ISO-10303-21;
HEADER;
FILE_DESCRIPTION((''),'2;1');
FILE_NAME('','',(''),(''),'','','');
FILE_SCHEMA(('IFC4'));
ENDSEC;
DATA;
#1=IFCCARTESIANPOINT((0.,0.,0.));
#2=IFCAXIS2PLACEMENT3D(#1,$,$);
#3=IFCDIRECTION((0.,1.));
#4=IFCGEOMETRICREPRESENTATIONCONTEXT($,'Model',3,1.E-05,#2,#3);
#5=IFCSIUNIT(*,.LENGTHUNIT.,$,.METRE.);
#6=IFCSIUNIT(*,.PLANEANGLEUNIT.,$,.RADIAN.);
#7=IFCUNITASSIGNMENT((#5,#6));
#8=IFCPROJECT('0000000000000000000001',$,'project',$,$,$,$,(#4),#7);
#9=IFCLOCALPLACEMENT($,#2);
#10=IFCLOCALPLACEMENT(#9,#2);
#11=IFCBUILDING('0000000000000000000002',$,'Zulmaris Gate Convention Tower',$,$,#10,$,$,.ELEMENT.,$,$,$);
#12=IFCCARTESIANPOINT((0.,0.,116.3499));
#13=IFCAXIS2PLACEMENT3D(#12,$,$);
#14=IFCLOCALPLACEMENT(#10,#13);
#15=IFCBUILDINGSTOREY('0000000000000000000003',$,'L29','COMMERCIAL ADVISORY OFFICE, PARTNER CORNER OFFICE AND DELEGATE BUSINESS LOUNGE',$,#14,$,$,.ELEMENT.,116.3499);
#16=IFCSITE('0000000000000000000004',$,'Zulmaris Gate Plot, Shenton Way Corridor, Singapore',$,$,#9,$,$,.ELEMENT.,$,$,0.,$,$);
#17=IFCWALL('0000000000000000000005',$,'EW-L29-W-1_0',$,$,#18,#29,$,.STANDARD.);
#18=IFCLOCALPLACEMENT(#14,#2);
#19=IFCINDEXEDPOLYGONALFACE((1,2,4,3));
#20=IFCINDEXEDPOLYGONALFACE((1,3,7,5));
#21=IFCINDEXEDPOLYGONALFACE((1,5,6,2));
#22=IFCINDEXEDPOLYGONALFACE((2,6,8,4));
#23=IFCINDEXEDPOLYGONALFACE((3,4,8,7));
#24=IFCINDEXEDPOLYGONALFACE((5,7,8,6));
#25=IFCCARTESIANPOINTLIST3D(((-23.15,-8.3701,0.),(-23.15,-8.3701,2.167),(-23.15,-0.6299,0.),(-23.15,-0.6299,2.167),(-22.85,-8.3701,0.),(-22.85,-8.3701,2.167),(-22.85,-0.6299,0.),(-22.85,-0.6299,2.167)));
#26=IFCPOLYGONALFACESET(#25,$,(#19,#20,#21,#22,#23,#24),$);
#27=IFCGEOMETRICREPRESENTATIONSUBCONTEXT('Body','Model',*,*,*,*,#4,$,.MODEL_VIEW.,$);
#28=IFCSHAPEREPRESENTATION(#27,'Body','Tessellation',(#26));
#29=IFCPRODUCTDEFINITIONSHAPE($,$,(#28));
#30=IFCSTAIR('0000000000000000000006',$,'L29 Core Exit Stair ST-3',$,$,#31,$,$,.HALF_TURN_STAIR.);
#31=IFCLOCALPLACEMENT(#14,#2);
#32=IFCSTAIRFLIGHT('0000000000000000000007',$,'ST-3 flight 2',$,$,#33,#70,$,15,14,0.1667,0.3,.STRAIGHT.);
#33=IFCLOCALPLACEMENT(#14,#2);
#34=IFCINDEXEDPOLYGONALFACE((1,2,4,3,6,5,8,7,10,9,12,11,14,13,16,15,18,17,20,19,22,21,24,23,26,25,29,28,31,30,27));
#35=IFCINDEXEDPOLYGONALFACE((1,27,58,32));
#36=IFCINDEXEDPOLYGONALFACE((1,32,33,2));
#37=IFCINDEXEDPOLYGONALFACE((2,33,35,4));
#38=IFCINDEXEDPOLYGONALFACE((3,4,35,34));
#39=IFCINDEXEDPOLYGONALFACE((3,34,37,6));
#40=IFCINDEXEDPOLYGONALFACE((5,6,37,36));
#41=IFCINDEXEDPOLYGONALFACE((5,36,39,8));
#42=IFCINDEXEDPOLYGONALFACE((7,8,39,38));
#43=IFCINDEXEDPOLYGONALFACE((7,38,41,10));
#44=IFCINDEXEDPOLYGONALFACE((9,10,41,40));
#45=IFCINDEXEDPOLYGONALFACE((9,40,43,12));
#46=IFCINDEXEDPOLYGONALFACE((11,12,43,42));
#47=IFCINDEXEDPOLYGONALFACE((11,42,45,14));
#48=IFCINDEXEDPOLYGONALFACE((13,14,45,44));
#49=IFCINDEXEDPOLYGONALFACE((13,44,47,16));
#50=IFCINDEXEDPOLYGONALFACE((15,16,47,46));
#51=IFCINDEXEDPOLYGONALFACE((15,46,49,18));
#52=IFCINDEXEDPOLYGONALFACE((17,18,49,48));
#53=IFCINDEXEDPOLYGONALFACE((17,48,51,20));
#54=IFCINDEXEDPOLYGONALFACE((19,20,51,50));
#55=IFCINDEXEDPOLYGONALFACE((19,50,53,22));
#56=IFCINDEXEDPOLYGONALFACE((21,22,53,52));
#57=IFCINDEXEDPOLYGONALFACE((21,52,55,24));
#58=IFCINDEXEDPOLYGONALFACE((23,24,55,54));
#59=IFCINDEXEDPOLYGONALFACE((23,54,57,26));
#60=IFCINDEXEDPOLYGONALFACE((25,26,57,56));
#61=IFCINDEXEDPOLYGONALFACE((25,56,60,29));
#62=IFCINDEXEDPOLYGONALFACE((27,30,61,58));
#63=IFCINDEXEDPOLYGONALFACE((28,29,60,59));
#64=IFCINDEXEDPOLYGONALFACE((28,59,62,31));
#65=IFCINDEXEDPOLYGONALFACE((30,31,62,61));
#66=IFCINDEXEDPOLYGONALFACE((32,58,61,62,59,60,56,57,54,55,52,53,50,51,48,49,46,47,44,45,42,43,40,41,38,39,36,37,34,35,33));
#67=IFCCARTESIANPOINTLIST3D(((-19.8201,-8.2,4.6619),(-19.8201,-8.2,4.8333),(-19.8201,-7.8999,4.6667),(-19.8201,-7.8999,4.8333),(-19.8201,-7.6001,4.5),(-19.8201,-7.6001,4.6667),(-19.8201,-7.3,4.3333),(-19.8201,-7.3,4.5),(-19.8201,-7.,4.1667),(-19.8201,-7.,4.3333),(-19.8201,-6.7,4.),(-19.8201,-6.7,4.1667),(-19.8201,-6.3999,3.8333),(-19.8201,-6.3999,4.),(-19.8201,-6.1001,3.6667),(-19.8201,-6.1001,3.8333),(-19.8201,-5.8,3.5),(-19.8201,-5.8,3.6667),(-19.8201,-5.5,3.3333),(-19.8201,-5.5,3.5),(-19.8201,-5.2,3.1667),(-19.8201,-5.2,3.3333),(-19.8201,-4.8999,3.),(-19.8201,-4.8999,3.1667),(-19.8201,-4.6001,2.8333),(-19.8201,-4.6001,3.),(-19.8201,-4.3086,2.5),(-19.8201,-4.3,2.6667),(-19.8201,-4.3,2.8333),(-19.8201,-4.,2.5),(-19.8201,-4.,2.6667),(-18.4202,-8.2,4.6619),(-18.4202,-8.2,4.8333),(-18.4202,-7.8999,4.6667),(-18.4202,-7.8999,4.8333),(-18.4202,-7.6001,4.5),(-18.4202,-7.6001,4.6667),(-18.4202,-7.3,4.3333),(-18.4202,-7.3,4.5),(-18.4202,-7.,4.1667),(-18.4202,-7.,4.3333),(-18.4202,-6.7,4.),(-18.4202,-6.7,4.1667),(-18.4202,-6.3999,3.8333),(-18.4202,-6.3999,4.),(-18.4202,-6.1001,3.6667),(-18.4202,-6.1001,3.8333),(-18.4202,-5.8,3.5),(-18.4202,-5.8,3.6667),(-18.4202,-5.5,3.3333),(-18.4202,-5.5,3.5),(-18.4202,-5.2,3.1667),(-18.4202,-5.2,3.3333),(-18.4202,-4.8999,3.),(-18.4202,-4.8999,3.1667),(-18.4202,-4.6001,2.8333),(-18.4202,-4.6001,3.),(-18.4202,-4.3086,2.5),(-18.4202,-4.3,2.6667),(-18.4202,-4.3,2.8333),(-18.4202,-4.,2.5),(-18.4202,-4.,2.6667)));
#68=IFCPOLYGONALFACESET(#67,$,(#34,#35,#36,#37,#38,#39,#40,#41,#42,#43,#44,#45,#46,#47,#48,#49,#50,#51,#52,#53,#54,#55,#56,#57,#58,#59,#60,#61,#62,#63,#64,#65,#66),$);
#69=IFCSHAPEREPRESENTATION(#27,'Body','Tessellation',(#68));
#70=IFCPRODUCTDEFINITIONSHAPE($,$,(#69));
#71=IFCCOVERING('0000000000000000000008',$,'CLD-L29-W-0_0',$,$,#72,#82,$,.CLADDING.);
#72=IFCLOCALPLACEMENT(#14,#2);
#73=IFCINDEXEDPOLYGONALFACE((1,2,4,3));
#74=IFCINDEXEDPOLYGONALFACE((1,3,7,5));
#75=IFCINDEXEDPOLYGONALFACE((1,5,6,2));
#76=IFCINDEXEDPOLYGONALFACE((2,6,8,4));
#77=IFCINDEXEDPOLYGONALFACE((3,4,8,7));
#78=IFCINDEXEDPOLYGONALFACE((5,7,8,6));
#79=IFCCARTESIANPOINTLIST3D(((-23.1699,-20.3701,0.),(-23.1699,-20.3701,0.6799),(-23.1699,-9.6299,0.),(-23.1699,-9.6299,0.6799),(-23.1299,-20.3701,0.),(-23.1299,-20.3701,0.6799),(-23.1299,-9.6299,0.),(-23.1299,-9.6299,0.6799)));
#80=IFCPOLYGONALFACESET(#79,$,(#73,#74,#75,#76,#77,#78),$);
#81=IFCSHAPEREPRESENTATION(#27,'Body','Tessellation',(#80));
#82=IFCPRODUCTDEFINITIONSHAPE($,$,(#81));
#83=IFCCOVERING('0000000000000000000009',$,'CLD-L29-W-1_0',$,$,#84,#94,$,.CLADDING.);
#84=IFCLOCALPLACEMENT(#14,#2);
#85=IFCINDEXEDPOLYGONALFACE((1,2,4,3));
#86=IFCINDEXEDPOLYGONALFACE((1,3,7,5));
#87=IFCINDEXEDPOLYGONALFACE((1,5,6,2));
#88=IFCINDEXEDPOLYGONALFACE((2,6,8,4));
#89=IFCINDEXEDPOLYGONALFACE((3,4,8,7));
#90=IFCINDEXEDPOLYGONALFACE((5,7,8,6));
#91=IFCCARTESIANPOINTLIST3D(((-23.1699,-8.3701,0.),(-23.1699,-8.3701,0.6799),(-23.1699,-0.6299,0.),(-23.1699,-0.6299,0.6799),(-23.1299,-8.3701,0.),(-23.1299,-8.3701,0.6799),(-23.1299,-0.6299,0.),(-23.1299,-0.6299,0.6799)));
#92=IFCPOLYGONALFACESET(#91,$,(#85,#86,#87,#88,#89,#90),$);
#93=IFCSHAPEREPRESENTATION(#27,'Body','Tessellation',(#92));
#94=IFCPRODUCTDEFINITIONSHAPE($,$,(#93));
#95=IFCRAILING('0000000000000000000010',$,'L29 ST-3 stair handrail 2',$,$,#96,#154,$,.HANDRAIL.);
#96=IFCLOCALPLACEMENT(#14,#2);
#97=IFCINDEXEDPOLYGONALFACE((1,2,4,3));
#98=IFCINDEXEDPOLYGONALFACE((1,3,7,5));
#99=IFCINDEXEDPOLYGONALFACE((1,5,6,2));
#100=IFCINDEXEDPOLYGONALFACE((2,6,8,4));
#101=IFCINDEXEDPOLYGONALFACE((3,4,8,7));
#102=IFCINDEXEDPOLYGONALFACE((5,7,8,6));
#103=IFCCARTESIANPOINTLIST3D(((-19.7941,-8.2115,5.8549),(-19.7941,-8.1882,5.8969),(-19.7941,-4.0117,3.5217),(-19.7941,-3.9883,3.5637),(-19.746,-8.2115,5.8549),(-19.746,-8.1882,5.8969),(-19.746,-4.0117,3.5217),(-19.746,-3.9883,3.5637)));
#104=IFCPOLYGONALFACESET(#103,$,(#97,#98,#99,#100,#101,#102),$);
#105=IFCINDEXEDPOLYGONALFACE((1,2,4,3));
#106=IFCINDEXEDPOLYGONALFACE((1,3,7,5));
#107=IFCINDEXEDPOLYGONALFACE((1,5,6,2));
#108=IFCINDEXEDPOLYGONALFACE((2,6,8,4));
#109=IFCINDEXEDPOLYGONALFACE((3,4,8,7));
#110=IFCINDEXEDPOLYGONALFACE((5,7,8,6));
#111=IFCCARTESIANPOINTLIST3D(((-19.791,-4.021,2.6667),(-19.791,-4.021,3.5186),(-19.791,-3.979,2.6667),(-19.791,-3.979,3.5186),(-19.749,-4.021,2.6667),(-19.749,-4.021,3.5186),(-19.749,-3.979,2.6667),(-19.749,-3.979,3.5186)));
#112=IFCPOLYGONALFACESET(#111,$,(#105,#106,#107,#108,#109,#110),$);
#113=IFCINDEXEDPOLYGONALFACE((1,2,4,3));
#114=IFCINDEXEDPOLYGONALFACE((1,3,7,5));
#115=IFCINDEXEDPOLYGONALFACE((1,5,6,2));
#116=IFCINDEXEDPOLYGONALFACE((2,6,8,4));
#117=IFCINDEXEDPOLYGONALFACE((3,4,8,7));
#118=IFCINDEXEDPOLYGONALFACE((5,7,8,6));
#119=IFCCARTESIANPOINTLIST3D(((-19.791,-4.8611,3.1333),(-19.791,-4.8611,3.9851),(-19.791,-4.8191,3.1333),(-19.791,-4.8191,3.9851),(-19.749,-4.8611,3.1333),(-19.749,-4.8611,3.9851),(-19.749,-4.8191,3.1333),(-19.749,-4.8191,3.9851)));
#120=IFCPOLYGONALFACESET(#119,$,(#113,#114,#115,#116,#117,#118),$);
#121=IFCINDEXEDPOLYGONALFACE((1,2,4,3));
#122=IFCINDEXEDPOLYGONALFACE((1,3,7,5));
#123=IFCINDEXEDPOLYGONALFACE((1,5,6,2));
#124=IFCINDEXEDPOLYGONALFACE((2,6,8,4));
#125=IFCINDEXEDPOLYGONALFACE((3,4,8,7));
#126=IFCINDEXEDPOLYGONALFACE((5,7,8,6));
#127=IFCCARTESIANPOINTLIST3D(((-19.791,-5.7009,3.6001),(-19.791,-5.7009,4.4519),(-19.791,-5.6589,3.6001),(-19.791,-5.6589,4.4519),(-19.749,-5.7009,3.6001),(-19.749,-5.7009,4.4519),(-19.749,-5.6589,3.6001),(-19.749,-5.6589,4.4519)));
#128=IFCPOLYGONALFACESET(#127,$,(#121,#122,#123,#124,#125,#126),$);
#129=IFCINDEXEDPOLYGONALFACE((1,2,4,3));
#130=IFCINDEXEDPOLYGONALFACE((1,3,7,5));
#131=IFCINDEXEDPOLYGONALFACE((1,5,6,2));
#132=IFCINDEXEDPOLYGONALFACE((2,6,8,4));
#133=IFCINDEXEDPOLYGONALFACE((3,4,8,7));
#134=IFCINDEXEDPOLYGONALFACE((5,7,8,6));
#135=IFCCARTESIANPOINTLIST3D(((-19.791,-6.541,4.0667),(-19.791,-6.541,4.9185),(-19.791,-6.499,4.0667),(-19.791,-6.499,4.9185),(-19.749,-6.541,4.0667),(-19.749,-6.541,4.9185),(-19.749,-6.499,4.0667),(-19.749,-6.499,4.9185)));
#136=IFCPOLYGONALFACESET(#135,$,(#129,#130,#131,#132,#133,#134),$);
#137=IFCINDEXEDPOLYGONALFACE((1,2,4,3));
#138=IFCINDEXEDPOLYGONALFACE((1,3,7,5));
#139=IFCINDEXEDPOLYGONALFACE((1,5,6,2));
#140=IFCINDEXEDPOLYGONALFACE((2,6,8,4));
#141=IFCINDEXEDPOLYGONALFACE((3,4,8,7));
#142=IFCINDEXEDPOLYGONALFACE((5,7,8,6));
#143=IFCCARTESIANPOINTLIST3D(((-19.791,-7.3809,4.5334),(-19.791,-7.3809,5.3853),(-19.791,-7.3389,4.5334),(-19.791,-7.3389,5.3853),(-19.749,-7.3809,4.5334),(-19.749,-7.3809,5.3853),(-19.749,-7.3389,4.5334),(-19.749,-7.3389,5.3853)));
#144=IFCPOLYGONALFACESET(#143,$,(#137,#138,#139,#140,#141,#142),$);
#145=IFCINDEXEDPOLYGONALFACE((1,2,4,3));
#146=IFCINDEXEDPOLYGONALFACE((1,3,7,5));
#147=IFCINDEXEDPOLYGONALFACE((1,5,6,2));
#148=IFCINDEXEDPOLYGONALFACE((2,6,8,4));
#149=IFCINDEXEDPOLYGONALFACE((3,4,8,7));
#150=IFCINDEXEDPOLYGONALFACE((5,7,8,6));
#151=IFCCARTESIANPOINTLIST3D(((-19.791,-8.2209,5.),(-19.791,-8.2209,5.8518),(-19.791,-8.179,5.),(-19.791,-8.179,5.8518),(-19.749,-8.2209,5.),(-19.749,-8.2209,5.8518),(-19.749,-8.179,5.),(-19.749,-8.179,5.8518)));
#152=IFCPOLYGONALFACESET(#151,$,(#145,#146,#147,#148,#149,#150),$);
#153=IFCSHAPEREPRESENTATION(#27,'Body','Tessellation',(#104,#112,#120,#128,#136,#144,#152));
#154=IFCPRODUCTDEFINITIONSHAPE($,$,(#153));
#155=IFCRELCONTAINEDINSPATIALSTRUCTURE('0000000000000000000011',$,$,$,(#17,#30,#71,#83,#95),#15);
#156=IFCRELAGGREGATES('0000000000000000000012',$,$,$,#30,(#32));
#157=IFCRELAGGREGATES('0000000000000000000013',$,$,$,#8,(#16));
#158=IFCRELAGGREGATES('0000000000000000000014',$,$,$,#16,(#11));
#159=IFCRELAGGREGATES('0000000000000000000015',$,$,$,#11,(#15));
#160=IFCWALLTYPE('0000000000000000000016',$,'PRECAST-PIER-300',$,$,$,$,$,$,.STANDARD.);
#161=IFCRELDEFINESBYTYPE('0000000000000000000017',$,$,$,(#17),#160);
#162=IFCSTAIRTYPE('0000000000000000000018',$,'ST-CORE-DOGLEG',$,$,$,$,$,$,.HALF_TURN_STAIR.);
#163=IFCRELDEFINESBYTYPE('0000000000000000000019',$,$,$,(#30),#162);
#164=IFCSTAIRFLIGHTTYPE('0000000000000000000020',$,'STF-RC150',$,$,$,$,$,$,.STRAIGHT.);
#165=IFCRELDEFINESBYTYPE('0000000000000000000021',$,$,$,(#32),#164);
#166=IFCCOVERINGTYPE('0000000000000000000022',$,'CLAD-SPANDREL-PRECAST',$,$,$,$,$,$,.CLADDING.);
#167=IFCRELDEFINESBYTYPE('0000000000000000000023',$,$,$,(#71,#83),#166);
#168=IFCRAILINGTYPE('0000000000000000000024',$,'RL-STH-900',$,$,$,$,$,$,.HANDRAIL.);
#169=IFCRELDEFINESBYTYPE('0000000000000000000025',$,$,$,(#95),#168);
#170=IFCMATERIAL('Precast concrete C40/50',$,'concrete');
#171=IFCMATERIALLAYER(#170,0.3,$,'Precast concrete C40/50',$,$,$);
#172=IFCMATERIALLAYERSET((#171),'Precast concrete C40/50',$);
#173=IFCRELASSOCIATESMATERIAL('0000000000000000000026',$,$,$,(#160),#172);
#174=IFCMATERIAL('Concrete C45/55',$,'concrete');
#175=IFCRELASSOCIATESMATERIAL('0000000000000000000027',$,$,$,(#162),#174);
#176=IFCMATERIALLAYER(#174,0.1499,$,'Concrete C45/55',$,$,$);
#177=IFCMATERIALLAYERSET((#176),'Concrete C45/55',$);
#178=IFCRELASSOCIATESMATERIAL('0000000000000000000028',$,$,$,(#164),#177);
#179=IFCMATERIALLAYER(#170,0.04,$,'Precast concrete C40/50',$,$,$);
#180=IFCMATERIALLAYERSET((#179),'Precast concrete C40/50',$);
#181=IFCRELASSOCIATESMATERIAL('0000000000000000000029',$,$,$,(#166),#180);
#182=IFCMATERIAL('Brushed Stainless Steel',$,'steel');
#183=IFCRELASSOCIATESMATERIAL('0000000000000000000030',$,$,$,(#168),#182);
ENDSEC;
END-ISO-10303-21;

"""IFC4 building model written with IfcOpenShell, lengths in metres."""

from ifc_helpers import new_model, si_unit, direction, frame, frame_2d, origin, origin_2d, place, context, subcontext, project, spatial, polyline, rectangle, outline, extrude, material, layer, layer_set, type_object, element, aggregate, save


model = new_model("IFC4")

# Units and contexts
model_context = context("Model", 3, precision=1e-05, world=origin(), true_north=direction((0.0, 1.0)))
body_context = subcontext(model_context, "Body", "Model", "MODEL_VIEW")
ifc_project = project(units=[si_unit("LENGTHUNIT", "METRE"), si_unit("PLANEANGLEUNIT", "RADIAN")], contexts=[model_context])

# Site, building, storey
site_placement = place(None, origin())
site = spatial("IfcSite", under=ifc_project, at=site_placement, Name="Zulmaris Gate Plot, Shenton Way Corridor, Singapore", CompositionType="ELEMENT", RefElevation=0.0)
building_placement = place(site_placement, origin())
building = spatial("IfcBuilding", under=site, at=building_placement, Name="Zulmaris Gate Convention Tower", CompositionType="ELEMENT")
storey_placement = place(building_placement, frame((0.0, 0.0, 116.3499)))
storey = spatial("IfcBuildingStorey", under=building, at=storey_placement, Name="L29", Description="COMMERCIAL ADVISORY OFFICE, PARTNER CORNER OFFICE AND DELEGATE BUSINESS LOUNGE", CompositionType="ELEMENT", Elevation=116.3499)

# Wall
ifc_material_1 = material(Name="Precast concrete C40/50", Category="concrete")
ifc_layer_1 = layer(ifc_material_1, 0.3, Name="Precast concrete C40/50")
ifc_layer_set_1 = layer_set([ifc_layer_1], Name="Precast concrete C40/50")
wall_type_1 = type_object("IfcWallType", Name="PRECAST-PIER-300", PredefinedType="STANDARD", material=ifc_layer_set_1)
wall_1_placement = place(storey_placement, frame((-23.0, -0.6299, 0.0), z_axis=(0.0, 0.0, 1.0), x_axis=(0.0, -1.0, 0.0)))
element("IfcWall", 1, at=wall_1_placement, inside=storey, type_object=wall_type_1, Name="EW-L29-W-1_0", PredefinedType="STANDARD", context=body_context, shape_type="SweptSolid", body=[
    extrude(rectangle(XDim=7.7402, YDim=0.3, at=frame_2d((3.8701, 0.0))), origin(), (0.0, 0.0, 1.0), 2.167),
])

# Stair, stair flight
ifc_material_2 = material(Name="Concrete C45/55", Category="concrete")
stair_type = type_object("IfcStairType", Name="ST-CORE-DOGLEG", PredefinedType="HALF_TURN_STAIR", material=ifc_material_2)
stair_placement = place(storey_placement, origin())
stair = element("IfcStair", 2, at=stair_placement, inside=storey, type_object=stair_type, Name="L29 Core Exit Stair ST-3", PredefinedType="HALF_TURN_STAIR")
ifc_layer_2 = layer(ifc_material_2, 0.1499, Name="Concrete C45/55")
ifc_layer_set_2 = layer_set([ifc_layer_2], Name="Concrete C45/55")
stair_flight_type = type_object("IfcStairFlightType", Name="STF-RC150", PredefinedType="STRAIGHT", material=ifc_layer_set_2)
stair_flight_placement = place(storey_placement, frame((-19.1201, -4.0, 2.5), z_axis=(0.0, 0.0, 1.0), x_axis=(0.0, -1.0, 0.0)))
stair_flight = element("IfcStairFlight", 3, at=stair_flight_placement, type_object=stair_flight_type, Name="ST-3 flight 2", NumberOfRisers=15, NumberOfTreads=14, PredefinedType="STRAIGHT", RiserHeight=0.1667, TreadLength=0.3, context=body_context, shape_type="SweptSolid", body=[
    extrude(outline(polyline([(0.0, 0.0), (0.0, 0.1667), (0.3, 0.1667), (0.3, 0.3333), (0.6001, 0.3333), (0.6001, 0.5), (0.8999, 0.5), (0.8999, 0.6667), (1.2, 0.6667), (1.2, 0.8333), (1.5, 0.8333), (1.5, 1.0), (1.8, 1.0), (1.8, 1.1667), (2.1001, 1.1667), (2.1001, 1.3333), (2.3999, 1.3333), (2.3999, 1.5), (2.7, 1.5), (2.7, 1.6667), (3.0, 1.6667), (3.0, 1.8333), (3.3, 1.8333), (3.3, 2.0), (3.6001, 2.0), (3.6001, 2.1667), (3.8999, 2.1667), (3.8999, 2.3333), (4.2, 2.3333), (4.2, 2.5), (4.2, 2.1619), (0.3086, 0.0), (0.0, 0.0)])), frame((0.0, 0.7, 0.0), z_axis=(0.0, -1.0, 0.0), x_axis=(1.0, 0.0, 0.0)), (0.0, 0.0, 1.0), 1.3999),
])
aggregate(stair, [stair_flight])

# Coverings
ifc_layer_3 = layer(ifc_material_1, 0.04, Name="Precast concrete C40/50")
ifc_layer_set_3 = layer_set([ifc_layer_3], Name="Precast concrete C40/50")
covering_type = type_object("IfcCoveringType", Name="CLAD-SPANDREL-PRECAST", PredefinedType="CLADDING", material=ifc_layer_set_3)
covering_1_placement = place(storey_placement, frame((-23.1499, -9.6299, 0.0), z_axis=(0.0, 0.0, 1.0), x_axis=(0.0, -1.0, 0.0)))
element("IfcCovering", 4, at=covering_1_placement, inside=storey, type_object=covering_type, Name="CLD-L29-W-0_0", PredefinedType="CLADDING", context=body_context, shape_type="SweptSolid", body=[
    extrude(rectangle(XDim=10.7402, YDim=0.04, at=frame_2d((5.3701, 0.0))), origin(), (0.0, 0.0, 1.0), 0.6799),
])
covering_2_placement = place(storey_placement, frame((-23.1499, -0.6299, 0.0), z_axis=(0.0, 0.0, 1.0), x_axis=(0.0, -1.0, 0.0)))
element("IfcCovering", 5, at=covering_2_placement, inside=storey, type_object=covering_type, Name="CLD-L29-W-1_0", PredefinedType="CLADDING", context=body_context, shape_type="SweptSolid", body=[
    extrude(rectangle(XDim=7.7402, YDim=0.04, at=frame_2d((3.8701, 0.0))), origin(), (0.0, 0.0, 1.0), 0.6799),
])

# Railing
ifc_material_3 = material(Name="Brushed Stainless Steel", Category="steel")
railing_type = type_object("IfcRailingType", Name="RL-STH-900", PredefinedType="HANDRAIL", material=ifc_material_3)
railing_placement = place(storey_placement, frame((-19.77, -4.0, 2.6667)))
element("IfcRailing", 6, at=railing_placement, inside=storey, type_object=railing_type, Name="L29 ST-3 stair handrail 2", PredefinedType="HANDRAIL", context=body_context, shape_type="SweptSolid", body=[
    extrude(rectangle(XDim=0.0481, YDim=0.0481, at=origin_2d()), frame((0.0, 0.0, 0.876), z_axis=(0.0, -0.874162, 0.485634), x_axis=(1.0, 0.0, 0.0)), (0.0, 0.0, 1.0), 4.8044),
    extrude(rectangle(XDim=0.042, YDim=0.042, at=origin_2d()), origin(), (0.0, 0.0, 1.0), 0.8518),
    extrude(rectangle(XDim=0.042, YDim=0.042, at=origin_2d()), frame((0.0, -0.8401, 0.4666)), (0.0, 0.0, 1.0), 0.8518),
    extrude(rectangle(XDim=0.042, YDim=0.042, at=origin_2d()), frame((0.0, -1.6799, 0.9333)), (0.0, 0.0, 1.0), 0.8518),
    extrude(rectangle(XDim=0.042, YDim=0.042, at=origin_2d()), frame((0.0, -2.52, 1.3999)), (0.0, 0.0, 1.0), 0.8518),
    extrude(rectangle(XDim=0.042, YDim=0.042, at=origin_2d()), frame((0.0, -3.3599, 1.8667)), (0.0, 0.0, 1.0), 0.8518),
    extrude(rectangle(XDim=0.042, YDim=0.042, at=origin_2d()), frame((0.0, -4.2, 2.3333)), (0.0, 0.0, 1.0), 0.8518),
])

save(model, "model.ifc")
